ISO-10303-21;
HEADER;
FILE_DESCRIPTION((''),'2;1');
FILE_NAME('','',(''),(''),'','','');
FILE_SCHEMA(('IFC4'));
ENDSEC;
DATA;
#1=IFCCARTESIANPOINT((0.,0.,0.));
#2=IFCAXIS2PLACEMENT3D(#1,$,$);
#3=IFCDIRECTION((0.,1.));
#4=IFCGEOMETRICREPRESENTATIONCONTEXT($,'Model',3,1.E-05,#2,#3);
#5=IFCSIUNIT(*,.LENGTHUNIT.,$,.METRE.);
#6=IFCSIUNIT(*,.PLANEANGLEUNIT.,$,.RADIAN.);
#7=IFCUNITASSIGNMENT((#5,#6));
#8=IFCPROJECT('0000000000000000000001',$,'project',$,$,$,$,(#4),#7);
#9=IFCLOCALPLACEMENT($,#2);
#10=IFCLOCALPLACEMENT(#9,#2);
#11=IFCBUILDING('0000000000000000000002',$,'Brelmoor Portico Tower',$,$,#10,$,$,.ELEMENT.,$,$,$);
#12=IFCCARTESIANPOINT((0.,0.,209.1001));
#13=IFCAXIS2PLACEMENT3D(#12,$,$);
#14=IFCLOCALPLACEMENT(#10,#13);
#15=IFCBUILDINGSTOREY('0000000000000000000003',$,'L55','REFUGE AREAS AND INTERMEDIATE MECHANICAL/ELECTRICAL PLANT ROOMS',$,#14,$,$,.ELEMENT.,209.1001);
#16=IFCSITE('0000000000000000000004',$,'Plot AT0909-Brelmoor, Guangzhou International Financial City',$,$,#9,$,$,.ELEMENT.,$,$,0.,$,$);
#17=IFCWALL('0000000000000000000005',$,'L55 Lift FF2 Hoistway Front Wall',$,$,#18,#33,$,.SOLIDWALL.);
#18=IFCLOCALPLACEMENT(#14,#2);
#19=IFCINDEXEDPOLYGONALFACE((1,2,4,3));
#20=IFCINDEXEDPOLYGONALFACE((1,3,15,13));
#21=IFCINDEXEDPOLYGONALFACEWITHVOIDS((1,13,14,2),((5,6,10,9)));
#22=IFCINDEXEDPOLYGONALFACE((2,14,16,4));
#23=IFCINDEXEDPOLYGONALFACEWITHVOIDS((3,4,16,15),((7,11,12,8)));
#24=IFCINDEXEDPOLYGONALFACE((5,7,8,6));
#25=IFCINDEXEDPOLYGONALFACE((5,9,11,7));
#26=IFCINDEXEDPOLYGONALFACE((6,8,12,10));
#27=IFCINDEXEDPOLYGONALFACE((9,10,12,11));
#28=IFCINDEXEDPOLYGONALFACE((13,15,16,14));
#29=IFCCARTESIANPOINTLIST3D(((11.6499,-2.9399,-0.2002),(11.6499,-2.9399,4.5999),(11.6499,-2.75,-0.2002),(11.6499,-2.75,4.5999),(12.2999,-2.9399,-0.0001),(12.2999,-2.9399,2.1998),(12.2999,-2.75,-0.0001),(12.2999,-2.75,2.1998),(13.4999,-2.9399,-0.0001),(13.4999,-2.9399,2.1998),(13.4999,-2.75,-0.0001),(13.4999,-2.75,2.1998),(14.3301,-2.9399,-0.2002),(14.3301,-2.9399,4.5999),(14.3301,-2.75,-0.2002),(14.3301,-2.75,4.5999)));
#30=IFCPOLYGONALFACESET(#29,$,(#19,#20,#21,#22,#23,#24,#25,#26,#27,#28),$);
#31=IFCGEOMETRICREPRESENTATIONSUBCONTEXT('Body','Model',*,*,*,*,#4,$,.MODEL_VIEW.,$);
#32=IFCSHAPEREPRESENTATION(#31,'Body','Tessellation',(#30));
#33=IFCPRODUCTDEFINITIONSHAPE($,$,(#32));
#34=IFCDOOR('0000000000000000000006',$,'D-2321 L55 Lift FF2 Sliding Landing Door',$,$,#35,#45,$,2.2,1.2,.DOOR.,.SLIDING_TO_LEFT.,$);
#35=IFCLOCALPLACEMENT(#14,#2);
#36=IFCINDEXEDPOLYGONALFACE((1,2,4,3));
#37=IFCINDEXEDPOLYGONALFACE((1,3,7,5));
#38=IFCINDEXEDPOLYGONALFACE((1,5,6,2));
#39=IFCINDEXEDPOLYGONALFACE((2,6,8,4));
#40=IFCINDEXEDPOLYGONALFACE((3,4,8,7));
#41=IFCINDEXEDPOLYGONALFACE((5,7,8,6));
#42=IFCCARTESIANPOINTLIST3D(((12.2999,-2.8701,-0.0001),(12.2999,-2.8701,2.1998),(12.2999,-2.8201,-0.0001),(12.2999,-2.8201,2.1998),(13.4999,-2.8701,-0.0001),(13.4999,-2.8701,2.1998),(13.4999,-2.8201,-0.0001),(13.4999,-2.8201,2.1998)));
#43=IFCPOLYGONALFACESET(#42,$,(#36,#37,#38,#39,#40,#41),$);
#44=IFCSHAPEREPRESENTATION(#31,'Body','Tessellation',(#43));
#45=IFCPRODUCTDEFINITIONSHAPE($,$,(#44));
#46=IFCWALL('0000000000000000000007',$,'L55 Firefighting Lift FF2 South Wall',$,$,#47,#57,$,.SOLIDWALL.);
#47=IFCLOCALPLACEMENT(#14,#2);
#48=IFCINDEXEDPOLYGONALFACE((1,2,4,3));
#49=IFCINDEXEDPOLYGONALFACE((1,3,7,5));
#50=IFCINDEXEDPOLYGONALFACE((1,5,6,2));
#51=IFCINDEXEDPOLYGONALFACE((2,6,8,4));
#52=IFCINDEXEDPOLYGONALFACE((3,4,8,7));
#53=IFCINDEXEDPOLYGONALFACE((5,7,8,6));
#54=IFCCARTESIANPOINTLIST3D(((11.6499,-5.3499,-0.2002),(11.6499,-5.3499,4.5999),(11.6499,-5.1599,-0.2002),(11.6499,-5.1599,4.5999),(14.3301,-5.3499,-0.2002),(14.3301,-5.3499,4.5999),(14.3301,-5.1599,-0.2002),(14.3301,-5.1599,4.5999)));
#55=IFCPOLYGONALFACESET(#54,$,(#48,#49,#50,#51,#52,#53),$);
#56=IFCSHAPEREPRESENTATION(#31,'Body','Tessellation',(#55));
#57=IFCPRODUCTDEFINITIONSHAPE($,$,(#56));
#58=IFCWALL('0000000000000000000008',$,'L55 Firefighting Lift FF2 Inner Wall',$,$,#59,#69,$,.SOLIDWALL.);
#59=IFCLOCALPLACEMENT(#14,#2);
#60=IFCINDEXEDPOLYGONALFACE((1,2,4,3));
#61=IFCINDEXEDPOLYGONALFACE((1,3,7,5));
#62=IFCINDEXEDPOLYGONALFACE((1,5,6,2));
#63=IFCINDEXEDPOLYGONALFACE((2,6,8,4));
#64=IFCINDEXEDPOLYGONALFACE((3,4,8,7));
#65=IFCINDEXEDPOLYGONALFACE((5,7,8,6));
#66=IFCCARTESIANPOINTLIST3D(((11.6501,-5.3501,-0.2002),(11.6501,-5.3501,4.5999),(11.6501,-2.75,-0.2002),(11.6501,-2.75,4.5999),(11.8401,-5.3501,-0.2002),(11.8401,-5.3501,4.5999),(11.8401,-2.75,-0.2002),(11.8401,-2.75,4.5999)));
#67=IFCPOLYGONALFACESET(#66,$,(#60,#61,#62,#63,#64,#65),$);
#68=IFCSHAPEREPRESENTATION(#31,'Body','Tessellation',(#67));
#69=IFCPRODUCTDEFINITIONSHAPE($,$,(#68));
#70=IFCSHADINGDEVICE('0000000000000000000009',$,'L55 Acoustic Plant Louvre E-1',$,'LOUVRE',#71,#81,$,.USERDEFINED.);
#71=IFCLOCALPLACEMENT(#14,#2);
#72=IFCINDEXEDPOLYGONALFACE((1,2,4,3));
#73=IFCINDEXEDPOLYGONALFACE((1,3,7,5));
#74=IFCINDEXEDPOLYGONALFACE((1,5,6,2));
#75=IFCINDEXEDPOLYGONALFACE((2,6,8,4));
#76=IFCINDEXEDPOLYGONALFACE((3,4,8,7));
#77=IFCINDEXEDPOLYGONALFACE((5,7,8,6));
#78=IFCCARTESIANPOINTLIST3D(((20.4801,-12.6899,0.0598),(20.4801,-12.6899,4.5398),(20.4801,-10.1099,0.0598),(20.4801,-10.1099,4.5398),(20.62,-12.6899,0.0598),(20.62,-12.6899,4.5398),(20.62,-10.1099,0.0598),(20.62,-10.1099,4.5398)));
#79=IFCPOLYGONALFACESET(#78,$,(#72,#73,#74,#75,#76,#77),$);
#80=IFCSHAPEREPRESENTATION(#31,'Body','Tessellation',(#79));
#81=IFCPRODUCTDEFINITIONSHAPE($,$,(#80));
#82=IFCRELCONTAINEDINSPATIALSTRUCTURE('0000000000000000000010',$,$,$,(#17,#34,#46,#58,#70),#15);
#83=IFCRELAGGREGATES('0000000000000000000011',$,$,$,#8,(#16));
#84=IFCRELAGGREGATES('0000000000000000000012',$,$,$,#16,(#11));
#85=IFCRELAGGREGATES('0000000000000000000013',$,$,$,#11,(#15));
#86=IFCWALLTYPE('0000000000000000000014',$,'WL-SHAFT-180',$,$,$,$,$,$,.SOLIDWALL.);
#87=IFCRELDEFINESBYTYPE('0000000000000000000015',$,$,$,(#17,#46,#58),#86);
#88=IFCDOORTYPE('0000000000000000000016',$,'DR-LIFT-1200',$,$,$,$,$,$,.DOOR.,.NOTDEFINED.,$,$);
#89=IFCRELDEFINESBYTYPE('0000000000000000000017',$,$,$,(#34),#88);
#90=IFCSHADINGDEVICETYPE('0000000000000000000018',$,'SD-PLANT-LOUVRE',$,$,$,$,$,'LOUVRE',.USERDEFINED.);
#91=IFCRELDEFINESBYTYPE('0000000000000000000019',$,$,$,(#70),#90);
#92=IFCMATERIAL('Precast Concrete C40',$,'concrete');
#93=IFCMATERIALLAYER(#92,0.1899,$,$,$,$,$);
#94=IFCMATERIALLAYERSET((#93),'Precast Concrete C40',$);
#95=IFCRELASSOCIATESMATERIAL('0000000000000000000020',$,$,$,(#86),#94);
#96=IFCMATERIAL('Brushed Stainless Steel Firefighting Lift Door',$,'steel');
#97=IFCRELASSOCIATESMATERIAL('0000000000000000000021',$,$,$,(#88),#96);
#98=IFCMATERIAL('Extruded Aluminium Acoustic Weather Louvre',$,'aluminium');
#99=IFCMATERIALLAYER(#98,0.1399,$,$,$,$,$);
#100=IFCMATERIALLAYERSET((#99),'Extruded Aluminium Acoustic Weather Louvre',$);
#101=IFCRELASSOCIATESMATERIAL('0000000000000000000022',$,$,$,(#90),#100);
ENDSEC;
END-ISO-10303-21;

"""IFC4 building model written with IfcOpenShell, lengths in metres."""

from ifc_helpers import new_model, si_unit, direction, frame, frame_2d, origin, origin_2d, place, context, subcontext, project, spatial, rectangle, extrude, material, layer, layer_set, type_object, element, fill, save


model = new_model("IFC4")

# Units and contexts
model_context = context("Model", 3, precision=1e-05, world=origin(), true_north=direction((0.0, 1.0)))
body_context = subcontext(model_context, "Body", "Model", "MODEL_VIEW")
ifc_project = project(units=[si_unit("LENGTHUNIT", "METRE"), si_unit("PLANEANGLEUNIT", "RADIAN")], contexts=[model_context])

# Site, building, storey
site_placement = place(None, origin())
site = spatial("IfcSite", under=ifc_project, at=site_placement, Name="Plot AT0909-Brelmoor, Guangzhou International Financial City", CompositionType="ELEMENT", RefElevation=0.0)
building_placement = place(site_placement, origin())
building = spatial("IfcBuilding", under=site, at=building_placement, Name="Brelmoor Portico Tower", CompositionType="ELEMENT")
storey_placement = place(building_placement, frame((0.0, 0.0, 209.1001)))
storey = spatial("IfcBuildingStorey", under=building, at=storey_placement, Name="L55", Description="REFUGE AREAS AND INTERMEDIATE MECHANICAL/ELECTRICAL PLANT ROOMS", CompositionType="ELEMENT", Elevation=209.1001)

# Wall, opening, door
ifc_material_1 = material(Name="Precast Concrete C40", Category="concrete")
ifc_layer_1 = layer(ifc_material_1, 0.1899)
ifc_layer_set_1 = layer_set([ifc_layer_1], Name="Precast Concrete C40")
wall_type_1 = type_object("IfcWallType", Name="WL-SHAFT-180", PredefinedType="SOLIDWALL", material=ifc_layer_set_1)
wall_1_placement = place(storey_placement, frame((11.6499, -2.845, -0.2002), z_axis=(0.0, 0.0, 1.0), x_axis=(1.0, 0.0, 0.0)))
wall_1 = element("IfcWall", 1, at=wall_1_placement, inside=storey, type_object=wall_type_1, Name="L55 Lift FF2 Hoistway Front Wall", PredefinedType="SOLIDWALL", context=body_context, shape_type="SweptSolid", body=[
    extrude(rectangle(XDim=2.6802, YDim=0.1899, at=frame_2d((1.3401, 0.0))), origin(), (0.0, 0.0, 1.0), 4.8),
])
opening_placement = place(wall_1_placement, frame((0.6499, 0.0, 0.2)))
opening = element("IfcOpeningElement", 2, at=opening_placement, cuts=wall_1, PredefinedType="OPENING", context=body_context, shape_type="SweptSolid", body=[
    extrude(rectangle(XDim=1.2, YDim=2.2, at=frame_2d((0.6001, 1.1001))), frame((0.0, 0.105, 0.0), z_axis=(0.0, -1.0, 0.0), x_axis=(1.0, 0.0, 0.0)), (0.0, 0.0, 1.0), 0.21),
])
ifc_material_2 = material(Name="Brushed Stainless Steel Firefighting Lift Door", Category="steel")
door_type = type_object("IfcDoorType", Name="DR-LIFT-1200", OperationType="NOTDEFINED", PredefinedType="DOOR", material=ifc_material_2)
door_placement = place(opening_placement, origin())
door = element("IfcDoor", 3, at=door_placement, inside=storey, type_object=door_type, Name="D-2321 L55 Lift FF2 Sliding Landing Door", OperationType="SLIDING_TO_LEFT", OverallHeight=2.2, OverallWidth=1.2, PredefinedType="DOOR", context=body_context, shape_type="SweptSolid", body=[
    extrude(rectangle(XDim=1.2, YDim=2.2, at=frame_2d((0.6001, 1.1001))), frame((0.0, 0.0249, 0.0), z_axis=(0.0, -1.0, 0.0), x_axis=(1.0, 0.0, 0.0)), (0.0, 0.0, 1.0), 0.05),
])
fill(opening, door)

# Walls
wall_2_placement = place(storey_placement, frame((11.6499, -5.2549, -0.2002), z_axis=(0.0, 0.0, 1.0), x_axis=(1.0, 0.0, 0.0)))
element("IfcWall", 4, at=wall_2_placement, inside=storey, type_object=wall_type_1, Name="L55 Firefighting Lift FF2 South Wall", PredefinedType="SOLIDWALL", context=body_context, shape_type="SweptSolid", body=[
    extrude(rectangle(XDim=2.6802, YDim=0.1899, at=frame_2d((1.3401, 0.0))), origin(), (0.0, 0.0, 1.0), 4.8),
])
wall_3_placement = place(storey_placement, frame((11.7451, -5.3501, -0.2002), z_axis=(0.0, 0.0, 1.0), x_axis=(0.0, 1.0, 0.0)))
element("IfcWall", 5, at=wall_3_placement, inside=storey, type_object=wall_type_1, Name="L55 Firefighting Lift FF2 Inner Wall", PredefinedType="SOLIDWALL", context=body_context, shape_type="SweptSolid", body=[
    extrude(rectangle(XDim=2.6001, YDim=0.1899, at=frame_2d((1.3, 0.0))), origin(), (0.0, 0.0, 1.0), 4.8),
])

# Shading device
ifc_material_3 = material(Name="Extruded Aluminium Acoustic Weather Louvre", Category="aluminium")
ifc_layer_2 = layer(ifc_material_3, 0.1399)
ifc_layer_set_2 = layer_set([ifc_layer_2], Name="Extruded Aluminium Acoustic Weather Louvre")
shading_device_type = type_object("IfcShadingDeviceType", Name="SD-PLANT-LOUVRE", ElementType="LOUVRE", PredefinedType="USERDEFINED", material=ifc_layer_set_2)
shading_device_placement = place(storey_placement, frame((20.55, -11.3999, 0.0598), z_axis=(0.0, 0.0, 1.0), x_axis=(0.0, 1.0, 0.0)))
element("IfcShadingDevice", 6, at=shading_device_placement, inside=storey, type_object=shading_device_type, Name="L55 Acoustic Plant Louvre E-1", ObjectType="LOUVRE", PredefinedType="USERDEFINED", context=body_context, shape_type="SweptSolid", body=[
    extrude(rectangle(XDim=2.5801, YDim=0.1399, at=origin_2d()), origin(), (0.0, 0.0, 1.0), 4.48),
])

save(model, "model.ifc")
